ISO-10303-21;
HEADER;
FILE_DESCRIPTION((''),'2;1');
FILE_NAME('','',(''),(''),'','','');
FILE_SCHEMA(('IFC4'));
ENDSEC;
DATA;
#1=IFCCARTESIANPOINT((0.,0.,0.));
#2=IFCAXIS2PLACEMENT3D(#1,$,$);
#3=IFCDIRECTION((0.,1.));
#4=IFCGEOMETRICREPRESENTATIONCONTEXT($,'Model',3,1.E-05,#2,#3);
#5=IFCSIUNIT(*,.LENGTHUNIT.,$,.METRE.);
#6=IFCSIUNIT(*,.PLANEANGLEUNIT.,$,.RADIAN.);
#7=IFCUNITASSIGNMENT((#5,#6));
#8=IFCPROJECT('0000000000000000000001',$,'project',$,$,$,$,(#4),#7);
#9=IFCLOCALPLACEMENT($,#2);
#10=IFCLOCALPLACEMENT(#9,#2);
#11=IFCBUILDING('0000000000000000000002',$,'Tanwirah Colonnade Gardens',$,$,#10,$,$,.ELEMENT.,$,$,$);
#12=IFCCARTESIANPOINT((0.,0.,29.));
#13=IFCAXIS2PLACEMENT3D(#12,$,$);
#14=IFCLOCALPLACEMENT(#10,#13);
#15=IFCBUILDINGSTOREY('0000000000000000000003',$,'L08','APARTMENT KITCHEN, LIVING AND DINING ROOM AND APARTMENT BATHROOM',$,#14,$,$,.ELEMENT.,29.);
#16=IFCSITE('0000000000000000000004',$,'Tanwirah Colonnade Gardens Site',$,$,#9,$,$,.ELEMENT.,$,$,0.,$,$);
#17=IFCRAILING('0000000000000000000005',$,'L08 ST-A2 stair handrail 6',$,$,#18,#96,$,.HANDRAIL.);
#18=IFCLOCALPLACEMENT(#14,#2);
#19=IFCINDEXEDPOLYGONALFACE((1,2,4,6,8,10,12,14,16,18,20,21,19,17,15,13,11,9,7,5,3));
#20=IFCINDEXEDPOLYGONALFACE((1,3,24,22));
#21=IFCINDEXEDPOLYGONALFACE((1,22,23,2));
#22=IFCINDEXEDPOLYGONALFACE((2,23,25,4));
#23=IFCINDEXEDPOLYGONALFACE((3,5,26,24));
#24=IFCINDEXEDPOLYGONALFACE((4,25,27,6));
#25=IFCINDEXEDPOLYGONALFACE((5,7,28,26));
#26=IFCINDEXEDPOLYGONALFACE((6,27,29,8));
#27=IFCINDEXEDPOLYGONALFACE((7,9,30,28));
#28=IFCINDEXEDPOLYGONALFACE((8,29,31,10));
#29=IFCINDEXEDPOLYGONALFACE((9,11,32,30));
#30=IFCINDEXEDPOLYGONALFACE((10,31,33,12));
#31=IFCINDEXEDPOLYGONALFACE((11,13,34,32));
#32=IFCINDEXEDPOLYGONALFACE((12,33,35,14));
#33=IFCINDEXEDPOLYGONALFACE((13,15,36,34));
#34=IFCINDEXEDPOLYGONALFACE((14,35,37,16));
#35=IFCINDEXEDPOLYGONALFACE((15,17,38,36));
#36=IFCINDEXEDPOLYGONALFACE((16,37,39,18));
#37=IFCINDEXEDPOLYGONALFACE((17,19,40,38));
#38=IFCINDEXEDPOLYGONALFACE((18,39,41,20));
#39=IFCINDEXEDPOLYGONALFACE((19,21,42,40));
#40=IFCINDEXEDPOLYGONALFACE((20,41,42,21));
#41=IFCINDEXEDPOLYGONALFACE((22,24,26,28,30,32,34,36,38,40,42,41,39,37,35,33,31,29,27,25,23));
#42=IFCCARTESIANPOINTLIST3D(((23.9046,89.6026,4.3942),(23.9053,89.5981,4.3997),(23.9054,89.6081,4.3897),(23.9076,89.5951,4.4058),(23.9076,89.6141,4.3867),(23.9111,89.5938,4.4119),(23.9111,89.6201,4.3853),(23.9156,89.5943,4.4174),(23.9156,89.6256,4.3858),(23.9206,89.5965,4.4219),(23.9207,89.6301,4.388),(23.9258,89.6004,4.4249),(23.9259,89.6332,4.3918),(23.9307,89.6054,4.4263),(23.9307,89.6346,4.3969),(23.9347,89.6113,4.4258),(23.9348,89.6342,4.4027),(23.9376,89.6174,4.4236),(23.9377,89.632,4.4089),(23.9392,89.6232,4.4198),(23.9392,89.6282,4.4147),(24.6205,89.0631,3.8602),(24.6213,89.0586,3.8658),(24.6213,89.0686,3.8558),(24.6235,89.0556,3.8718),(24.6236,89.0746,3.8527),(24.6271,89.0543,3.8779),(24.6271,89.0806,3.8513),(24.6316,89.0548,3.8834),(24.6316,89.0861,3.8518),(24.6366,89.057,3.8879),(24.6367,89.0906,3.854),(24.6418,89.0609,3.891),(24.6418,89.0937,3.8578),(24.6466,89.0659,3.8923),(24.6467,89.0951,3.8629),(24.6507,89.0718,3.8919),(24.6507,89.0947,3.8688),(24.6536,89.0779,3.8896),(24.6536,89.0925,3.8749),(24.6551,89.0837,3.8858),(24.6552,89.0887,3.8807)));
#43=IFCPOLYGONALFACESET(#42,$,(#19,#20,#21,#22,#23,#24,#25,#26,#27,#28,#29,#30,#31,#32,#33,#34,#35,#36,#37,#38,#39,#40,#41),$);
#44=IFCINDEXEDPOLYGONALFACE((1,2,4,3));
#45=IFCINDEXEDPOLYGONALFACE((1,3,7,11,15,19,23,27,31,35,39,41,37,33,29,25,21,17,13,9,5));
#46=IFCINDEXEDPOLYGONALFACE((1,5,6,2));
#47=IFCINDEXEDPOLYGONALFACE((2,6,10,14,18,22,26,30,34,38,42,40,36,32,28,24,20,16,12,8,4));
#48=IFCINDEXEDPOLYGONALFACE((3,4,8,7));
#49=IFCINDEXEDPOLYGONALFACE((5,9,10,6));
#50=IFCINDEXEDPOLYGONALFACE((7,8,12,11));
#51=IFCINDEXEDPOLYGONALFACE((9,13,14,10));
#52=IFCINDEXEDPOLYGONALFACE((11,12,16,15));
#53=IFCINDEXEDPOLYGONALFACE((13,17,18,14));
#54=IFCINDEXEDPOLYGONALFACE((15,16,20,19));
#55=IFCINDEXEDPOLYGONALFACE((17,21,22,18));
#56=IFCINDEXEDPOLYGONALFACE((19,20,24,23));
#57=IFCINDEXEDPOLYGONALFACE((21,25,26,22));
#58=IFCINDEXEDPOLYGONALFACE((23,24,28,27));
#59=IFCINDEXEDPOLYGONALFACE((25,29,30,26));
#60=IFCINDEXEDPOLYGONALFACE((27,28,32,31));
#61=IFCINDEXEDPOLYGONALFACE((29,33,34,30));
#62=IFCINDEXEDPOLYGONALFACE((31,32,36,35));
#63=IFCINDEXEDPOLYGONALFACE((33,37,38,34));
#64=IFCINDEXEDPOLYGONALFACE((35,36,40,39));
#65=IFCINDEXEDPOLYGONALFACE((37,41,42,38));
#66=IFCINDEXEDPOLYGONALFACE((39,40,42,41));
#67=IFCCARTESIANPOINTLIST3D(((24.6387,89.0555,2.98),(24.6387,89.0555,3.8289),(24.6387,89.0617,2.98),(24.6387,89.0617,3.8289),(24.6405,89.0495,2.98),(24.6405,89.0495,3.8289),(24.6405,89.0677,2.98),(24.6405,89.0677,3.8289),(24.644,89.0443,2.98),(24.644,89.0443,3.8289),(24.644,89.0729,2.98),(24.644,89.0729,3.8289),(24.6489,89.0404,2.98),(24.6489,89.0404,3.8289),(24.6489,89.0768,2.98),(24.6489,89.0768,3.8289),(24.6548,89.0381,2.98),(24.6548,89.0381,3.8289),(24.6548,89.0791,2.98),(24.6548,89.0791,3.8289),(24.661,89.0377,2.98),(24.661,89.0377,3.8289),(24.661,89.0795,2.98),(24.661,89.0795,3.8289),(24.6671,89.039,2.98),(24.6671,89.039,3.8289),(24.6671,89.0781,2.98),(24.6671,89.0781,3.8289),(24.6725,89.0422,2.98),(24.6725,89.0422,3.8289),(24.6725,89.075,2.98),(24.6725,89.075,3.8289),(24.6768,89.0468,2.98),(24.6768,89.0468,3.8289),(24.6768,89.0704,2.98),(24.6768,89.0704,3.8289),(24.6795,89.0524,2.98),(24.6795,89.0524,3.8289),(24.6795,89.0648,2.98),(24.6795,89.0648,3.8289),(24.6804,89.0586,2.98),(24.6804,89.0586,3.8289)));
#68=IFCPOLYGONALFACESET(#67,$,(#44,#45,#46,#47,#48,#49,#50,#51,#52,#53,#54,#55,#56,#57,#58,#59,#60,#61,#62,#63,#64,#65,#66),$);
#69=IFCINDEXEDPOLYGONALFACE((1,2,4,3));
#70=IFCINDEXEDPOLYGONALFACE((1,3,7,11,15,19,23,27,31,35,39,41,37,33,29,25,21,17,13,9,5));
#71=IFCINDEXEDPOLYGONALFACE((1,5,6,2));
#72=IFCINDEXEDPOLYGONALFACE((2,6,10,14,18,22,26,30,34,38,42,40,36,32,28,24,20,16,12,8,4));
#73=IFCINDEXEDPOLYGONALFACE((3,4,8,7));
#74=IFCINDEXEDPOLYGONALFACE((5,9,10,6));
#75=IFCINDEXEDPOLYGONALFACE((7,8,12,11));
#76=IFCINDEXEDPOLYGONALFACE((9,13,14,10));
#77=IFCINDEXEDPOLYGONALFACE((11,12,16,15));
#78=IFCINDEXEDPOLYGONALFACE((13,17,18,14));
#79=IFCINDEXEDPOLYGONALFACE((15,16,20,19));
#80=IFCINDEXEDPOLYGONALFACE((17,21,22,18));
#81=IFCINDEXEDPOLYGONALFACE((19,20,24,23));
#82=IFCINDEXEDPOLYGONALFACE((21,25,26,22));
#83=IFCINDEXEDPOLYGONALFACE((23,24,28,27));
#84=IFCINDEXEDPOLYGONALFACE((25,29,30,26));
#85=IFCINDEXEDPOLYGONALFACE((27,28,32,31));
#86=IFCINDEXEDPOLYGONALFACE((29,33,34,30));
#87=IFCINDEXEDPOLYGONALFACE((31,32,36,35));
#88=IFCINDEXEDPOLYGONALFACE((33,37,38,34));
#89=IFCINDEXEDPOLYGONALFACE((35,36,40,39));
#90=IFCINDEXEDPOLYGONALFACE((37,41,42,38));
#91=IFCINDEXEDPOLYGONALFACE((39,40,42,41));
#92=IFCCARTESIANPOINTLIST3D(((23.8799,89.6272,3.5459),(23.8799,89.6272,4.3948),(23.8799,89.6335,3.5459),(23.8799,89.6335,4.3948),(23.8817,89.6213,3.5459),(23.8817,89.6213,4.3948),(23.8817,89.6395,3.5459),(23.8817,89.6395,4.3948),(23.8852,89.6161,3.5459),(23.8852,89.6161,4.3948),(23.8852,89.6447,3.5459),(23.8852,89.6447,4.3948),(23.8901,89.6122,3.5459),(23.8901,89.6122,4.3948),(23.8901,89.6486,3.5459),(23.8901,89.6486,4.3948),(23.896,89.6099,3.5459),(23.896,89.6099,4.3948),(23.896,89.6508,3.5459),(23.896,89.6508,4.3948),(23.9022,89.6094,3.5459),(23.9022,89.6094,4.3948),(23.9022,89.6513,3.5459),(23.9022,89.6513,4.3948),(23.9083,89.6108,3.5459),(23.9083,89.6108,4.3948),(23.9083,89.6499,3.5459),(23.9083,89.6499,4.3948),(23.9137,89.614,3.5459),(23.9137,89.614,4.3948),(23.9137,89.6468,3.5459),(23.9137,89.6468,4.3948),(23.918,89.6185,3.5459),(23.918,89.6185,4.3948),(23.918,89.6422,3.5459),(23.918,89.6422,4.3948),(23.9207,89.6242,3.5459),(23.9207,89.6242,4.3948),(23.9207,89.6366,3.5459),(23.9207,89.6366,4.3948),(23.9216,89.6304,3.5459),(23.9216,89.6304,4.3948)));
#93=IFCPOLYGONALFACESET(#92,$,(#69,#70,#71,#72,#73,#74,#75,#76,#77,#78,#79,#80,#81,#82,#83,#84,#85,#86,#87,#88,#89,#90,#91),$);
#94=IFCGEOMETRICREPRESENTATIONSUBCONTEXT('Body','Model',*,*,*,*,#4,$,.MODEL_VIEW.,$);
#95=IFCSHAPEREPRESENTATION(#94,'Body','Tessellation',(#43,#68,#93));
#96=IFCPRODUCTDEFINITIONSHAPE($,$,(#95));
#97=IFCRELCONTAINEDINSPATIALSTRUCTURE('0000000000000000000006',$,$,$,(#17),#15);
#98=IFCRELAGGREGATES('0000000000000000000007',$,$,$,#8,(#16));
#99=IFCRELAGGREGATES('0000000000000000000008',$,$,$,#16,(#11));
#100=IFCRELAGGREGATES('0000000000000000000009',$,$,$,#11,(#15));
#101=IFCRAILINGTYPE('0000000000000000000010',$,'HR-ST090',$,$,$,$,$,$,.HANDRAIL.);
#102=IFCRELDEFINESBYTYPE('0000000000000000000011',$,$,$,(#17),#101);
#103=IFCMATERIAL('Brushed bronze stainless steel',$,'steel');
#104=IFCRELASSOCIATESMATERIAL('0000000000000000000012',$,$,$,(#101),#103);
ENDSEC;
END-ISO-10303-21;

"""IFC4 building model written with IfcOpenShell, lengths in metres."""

from ifc_helpers import new_model, si_unit, direction, frame, origin, origin_2d, place, context, subcontext, project, spatial, circle, extrude, material, type_object, element, save


model = new_model("IFC4")

# Units and contexts
model_context = context("Model", 3, precision=1e-05, world=origin(), true_north=direction((0.0, 1.0)))
body_context = subcontext(model_context, "Body", "Model", "MODEL_VIEW")
ifc_project = project(units=[si_unit("LENGTHUNIT", "METRE"), si_unit("PLANEANGLEUNIT", "RADIAN")], contexts=[model_context])

# Site, building, storey
site_placement = place(None, origin())
site = spatial("IfcSite", under=ifc_project, at=site_placement, Name="Tanwirah Colonnade Gardens Site", CompositionType="ELEMENT", RefElevation=0.0)
building_placement = place(site_placement, origin())
building = spatial("IfcBuilding", under=site, at=building_placement, Name="Tanwirah Colonnade Gardens", CompositionType="ELEMENT")
storey_placement = place(building_placement, frame((0.0, 0.0, 29.0)))
storey = spatial("IfcBuildingStorey", under=building, at=storey_placement, Name="L08", Description="APARTMENT KITCHEN, LIVING AND DINING ROOM AND APARTMENT BATHROOM", CompositionType="ELEMENT", Elevation=29.0)

# Railing
ifc_material_1 = material(Name="Brushed bronze stainless steel", Category="steel")
railing_type_1 = type_object("IfcRailingType", Name="HR-ST090", PredefinedType="HANDRAIL", material=ifc_material_1)
railing_1_placement = place(storey_placement, frame((24.6594, 89.0586, 2.98)))
element("IfcRailing", 1, at=railing_1_placement, inside=storey, type_object=railing_type_1, Name="L08 ST-A2 stair handrail 6", PredefinedType="HANDRAIL", context=body_context, shape_type="SweptSolid", body=[
    extrude(circle(Radius=0.0239, at=origin_2d()), frame((-0.0215, 0.0161, 0.8918), z_axis=(-0.686145, 0.517037, 0.511739), x_axis=(-0.601807, -0.798641, 0.0)), (0.0, 0.0, 1.0), 1.0435),
    extrude(circle(Radius=0.021, at=origin_2d()), origin(), (0.0, 0.0, 1.0), 0.8489),
    extrude(circle(Radius=0.021, at=origin_2d()), frame((-0.7588, 0.5718, 0.5659)), (0.0, 0.0, 1.0), 0.8489),
])

save(model, "model.ifc")
